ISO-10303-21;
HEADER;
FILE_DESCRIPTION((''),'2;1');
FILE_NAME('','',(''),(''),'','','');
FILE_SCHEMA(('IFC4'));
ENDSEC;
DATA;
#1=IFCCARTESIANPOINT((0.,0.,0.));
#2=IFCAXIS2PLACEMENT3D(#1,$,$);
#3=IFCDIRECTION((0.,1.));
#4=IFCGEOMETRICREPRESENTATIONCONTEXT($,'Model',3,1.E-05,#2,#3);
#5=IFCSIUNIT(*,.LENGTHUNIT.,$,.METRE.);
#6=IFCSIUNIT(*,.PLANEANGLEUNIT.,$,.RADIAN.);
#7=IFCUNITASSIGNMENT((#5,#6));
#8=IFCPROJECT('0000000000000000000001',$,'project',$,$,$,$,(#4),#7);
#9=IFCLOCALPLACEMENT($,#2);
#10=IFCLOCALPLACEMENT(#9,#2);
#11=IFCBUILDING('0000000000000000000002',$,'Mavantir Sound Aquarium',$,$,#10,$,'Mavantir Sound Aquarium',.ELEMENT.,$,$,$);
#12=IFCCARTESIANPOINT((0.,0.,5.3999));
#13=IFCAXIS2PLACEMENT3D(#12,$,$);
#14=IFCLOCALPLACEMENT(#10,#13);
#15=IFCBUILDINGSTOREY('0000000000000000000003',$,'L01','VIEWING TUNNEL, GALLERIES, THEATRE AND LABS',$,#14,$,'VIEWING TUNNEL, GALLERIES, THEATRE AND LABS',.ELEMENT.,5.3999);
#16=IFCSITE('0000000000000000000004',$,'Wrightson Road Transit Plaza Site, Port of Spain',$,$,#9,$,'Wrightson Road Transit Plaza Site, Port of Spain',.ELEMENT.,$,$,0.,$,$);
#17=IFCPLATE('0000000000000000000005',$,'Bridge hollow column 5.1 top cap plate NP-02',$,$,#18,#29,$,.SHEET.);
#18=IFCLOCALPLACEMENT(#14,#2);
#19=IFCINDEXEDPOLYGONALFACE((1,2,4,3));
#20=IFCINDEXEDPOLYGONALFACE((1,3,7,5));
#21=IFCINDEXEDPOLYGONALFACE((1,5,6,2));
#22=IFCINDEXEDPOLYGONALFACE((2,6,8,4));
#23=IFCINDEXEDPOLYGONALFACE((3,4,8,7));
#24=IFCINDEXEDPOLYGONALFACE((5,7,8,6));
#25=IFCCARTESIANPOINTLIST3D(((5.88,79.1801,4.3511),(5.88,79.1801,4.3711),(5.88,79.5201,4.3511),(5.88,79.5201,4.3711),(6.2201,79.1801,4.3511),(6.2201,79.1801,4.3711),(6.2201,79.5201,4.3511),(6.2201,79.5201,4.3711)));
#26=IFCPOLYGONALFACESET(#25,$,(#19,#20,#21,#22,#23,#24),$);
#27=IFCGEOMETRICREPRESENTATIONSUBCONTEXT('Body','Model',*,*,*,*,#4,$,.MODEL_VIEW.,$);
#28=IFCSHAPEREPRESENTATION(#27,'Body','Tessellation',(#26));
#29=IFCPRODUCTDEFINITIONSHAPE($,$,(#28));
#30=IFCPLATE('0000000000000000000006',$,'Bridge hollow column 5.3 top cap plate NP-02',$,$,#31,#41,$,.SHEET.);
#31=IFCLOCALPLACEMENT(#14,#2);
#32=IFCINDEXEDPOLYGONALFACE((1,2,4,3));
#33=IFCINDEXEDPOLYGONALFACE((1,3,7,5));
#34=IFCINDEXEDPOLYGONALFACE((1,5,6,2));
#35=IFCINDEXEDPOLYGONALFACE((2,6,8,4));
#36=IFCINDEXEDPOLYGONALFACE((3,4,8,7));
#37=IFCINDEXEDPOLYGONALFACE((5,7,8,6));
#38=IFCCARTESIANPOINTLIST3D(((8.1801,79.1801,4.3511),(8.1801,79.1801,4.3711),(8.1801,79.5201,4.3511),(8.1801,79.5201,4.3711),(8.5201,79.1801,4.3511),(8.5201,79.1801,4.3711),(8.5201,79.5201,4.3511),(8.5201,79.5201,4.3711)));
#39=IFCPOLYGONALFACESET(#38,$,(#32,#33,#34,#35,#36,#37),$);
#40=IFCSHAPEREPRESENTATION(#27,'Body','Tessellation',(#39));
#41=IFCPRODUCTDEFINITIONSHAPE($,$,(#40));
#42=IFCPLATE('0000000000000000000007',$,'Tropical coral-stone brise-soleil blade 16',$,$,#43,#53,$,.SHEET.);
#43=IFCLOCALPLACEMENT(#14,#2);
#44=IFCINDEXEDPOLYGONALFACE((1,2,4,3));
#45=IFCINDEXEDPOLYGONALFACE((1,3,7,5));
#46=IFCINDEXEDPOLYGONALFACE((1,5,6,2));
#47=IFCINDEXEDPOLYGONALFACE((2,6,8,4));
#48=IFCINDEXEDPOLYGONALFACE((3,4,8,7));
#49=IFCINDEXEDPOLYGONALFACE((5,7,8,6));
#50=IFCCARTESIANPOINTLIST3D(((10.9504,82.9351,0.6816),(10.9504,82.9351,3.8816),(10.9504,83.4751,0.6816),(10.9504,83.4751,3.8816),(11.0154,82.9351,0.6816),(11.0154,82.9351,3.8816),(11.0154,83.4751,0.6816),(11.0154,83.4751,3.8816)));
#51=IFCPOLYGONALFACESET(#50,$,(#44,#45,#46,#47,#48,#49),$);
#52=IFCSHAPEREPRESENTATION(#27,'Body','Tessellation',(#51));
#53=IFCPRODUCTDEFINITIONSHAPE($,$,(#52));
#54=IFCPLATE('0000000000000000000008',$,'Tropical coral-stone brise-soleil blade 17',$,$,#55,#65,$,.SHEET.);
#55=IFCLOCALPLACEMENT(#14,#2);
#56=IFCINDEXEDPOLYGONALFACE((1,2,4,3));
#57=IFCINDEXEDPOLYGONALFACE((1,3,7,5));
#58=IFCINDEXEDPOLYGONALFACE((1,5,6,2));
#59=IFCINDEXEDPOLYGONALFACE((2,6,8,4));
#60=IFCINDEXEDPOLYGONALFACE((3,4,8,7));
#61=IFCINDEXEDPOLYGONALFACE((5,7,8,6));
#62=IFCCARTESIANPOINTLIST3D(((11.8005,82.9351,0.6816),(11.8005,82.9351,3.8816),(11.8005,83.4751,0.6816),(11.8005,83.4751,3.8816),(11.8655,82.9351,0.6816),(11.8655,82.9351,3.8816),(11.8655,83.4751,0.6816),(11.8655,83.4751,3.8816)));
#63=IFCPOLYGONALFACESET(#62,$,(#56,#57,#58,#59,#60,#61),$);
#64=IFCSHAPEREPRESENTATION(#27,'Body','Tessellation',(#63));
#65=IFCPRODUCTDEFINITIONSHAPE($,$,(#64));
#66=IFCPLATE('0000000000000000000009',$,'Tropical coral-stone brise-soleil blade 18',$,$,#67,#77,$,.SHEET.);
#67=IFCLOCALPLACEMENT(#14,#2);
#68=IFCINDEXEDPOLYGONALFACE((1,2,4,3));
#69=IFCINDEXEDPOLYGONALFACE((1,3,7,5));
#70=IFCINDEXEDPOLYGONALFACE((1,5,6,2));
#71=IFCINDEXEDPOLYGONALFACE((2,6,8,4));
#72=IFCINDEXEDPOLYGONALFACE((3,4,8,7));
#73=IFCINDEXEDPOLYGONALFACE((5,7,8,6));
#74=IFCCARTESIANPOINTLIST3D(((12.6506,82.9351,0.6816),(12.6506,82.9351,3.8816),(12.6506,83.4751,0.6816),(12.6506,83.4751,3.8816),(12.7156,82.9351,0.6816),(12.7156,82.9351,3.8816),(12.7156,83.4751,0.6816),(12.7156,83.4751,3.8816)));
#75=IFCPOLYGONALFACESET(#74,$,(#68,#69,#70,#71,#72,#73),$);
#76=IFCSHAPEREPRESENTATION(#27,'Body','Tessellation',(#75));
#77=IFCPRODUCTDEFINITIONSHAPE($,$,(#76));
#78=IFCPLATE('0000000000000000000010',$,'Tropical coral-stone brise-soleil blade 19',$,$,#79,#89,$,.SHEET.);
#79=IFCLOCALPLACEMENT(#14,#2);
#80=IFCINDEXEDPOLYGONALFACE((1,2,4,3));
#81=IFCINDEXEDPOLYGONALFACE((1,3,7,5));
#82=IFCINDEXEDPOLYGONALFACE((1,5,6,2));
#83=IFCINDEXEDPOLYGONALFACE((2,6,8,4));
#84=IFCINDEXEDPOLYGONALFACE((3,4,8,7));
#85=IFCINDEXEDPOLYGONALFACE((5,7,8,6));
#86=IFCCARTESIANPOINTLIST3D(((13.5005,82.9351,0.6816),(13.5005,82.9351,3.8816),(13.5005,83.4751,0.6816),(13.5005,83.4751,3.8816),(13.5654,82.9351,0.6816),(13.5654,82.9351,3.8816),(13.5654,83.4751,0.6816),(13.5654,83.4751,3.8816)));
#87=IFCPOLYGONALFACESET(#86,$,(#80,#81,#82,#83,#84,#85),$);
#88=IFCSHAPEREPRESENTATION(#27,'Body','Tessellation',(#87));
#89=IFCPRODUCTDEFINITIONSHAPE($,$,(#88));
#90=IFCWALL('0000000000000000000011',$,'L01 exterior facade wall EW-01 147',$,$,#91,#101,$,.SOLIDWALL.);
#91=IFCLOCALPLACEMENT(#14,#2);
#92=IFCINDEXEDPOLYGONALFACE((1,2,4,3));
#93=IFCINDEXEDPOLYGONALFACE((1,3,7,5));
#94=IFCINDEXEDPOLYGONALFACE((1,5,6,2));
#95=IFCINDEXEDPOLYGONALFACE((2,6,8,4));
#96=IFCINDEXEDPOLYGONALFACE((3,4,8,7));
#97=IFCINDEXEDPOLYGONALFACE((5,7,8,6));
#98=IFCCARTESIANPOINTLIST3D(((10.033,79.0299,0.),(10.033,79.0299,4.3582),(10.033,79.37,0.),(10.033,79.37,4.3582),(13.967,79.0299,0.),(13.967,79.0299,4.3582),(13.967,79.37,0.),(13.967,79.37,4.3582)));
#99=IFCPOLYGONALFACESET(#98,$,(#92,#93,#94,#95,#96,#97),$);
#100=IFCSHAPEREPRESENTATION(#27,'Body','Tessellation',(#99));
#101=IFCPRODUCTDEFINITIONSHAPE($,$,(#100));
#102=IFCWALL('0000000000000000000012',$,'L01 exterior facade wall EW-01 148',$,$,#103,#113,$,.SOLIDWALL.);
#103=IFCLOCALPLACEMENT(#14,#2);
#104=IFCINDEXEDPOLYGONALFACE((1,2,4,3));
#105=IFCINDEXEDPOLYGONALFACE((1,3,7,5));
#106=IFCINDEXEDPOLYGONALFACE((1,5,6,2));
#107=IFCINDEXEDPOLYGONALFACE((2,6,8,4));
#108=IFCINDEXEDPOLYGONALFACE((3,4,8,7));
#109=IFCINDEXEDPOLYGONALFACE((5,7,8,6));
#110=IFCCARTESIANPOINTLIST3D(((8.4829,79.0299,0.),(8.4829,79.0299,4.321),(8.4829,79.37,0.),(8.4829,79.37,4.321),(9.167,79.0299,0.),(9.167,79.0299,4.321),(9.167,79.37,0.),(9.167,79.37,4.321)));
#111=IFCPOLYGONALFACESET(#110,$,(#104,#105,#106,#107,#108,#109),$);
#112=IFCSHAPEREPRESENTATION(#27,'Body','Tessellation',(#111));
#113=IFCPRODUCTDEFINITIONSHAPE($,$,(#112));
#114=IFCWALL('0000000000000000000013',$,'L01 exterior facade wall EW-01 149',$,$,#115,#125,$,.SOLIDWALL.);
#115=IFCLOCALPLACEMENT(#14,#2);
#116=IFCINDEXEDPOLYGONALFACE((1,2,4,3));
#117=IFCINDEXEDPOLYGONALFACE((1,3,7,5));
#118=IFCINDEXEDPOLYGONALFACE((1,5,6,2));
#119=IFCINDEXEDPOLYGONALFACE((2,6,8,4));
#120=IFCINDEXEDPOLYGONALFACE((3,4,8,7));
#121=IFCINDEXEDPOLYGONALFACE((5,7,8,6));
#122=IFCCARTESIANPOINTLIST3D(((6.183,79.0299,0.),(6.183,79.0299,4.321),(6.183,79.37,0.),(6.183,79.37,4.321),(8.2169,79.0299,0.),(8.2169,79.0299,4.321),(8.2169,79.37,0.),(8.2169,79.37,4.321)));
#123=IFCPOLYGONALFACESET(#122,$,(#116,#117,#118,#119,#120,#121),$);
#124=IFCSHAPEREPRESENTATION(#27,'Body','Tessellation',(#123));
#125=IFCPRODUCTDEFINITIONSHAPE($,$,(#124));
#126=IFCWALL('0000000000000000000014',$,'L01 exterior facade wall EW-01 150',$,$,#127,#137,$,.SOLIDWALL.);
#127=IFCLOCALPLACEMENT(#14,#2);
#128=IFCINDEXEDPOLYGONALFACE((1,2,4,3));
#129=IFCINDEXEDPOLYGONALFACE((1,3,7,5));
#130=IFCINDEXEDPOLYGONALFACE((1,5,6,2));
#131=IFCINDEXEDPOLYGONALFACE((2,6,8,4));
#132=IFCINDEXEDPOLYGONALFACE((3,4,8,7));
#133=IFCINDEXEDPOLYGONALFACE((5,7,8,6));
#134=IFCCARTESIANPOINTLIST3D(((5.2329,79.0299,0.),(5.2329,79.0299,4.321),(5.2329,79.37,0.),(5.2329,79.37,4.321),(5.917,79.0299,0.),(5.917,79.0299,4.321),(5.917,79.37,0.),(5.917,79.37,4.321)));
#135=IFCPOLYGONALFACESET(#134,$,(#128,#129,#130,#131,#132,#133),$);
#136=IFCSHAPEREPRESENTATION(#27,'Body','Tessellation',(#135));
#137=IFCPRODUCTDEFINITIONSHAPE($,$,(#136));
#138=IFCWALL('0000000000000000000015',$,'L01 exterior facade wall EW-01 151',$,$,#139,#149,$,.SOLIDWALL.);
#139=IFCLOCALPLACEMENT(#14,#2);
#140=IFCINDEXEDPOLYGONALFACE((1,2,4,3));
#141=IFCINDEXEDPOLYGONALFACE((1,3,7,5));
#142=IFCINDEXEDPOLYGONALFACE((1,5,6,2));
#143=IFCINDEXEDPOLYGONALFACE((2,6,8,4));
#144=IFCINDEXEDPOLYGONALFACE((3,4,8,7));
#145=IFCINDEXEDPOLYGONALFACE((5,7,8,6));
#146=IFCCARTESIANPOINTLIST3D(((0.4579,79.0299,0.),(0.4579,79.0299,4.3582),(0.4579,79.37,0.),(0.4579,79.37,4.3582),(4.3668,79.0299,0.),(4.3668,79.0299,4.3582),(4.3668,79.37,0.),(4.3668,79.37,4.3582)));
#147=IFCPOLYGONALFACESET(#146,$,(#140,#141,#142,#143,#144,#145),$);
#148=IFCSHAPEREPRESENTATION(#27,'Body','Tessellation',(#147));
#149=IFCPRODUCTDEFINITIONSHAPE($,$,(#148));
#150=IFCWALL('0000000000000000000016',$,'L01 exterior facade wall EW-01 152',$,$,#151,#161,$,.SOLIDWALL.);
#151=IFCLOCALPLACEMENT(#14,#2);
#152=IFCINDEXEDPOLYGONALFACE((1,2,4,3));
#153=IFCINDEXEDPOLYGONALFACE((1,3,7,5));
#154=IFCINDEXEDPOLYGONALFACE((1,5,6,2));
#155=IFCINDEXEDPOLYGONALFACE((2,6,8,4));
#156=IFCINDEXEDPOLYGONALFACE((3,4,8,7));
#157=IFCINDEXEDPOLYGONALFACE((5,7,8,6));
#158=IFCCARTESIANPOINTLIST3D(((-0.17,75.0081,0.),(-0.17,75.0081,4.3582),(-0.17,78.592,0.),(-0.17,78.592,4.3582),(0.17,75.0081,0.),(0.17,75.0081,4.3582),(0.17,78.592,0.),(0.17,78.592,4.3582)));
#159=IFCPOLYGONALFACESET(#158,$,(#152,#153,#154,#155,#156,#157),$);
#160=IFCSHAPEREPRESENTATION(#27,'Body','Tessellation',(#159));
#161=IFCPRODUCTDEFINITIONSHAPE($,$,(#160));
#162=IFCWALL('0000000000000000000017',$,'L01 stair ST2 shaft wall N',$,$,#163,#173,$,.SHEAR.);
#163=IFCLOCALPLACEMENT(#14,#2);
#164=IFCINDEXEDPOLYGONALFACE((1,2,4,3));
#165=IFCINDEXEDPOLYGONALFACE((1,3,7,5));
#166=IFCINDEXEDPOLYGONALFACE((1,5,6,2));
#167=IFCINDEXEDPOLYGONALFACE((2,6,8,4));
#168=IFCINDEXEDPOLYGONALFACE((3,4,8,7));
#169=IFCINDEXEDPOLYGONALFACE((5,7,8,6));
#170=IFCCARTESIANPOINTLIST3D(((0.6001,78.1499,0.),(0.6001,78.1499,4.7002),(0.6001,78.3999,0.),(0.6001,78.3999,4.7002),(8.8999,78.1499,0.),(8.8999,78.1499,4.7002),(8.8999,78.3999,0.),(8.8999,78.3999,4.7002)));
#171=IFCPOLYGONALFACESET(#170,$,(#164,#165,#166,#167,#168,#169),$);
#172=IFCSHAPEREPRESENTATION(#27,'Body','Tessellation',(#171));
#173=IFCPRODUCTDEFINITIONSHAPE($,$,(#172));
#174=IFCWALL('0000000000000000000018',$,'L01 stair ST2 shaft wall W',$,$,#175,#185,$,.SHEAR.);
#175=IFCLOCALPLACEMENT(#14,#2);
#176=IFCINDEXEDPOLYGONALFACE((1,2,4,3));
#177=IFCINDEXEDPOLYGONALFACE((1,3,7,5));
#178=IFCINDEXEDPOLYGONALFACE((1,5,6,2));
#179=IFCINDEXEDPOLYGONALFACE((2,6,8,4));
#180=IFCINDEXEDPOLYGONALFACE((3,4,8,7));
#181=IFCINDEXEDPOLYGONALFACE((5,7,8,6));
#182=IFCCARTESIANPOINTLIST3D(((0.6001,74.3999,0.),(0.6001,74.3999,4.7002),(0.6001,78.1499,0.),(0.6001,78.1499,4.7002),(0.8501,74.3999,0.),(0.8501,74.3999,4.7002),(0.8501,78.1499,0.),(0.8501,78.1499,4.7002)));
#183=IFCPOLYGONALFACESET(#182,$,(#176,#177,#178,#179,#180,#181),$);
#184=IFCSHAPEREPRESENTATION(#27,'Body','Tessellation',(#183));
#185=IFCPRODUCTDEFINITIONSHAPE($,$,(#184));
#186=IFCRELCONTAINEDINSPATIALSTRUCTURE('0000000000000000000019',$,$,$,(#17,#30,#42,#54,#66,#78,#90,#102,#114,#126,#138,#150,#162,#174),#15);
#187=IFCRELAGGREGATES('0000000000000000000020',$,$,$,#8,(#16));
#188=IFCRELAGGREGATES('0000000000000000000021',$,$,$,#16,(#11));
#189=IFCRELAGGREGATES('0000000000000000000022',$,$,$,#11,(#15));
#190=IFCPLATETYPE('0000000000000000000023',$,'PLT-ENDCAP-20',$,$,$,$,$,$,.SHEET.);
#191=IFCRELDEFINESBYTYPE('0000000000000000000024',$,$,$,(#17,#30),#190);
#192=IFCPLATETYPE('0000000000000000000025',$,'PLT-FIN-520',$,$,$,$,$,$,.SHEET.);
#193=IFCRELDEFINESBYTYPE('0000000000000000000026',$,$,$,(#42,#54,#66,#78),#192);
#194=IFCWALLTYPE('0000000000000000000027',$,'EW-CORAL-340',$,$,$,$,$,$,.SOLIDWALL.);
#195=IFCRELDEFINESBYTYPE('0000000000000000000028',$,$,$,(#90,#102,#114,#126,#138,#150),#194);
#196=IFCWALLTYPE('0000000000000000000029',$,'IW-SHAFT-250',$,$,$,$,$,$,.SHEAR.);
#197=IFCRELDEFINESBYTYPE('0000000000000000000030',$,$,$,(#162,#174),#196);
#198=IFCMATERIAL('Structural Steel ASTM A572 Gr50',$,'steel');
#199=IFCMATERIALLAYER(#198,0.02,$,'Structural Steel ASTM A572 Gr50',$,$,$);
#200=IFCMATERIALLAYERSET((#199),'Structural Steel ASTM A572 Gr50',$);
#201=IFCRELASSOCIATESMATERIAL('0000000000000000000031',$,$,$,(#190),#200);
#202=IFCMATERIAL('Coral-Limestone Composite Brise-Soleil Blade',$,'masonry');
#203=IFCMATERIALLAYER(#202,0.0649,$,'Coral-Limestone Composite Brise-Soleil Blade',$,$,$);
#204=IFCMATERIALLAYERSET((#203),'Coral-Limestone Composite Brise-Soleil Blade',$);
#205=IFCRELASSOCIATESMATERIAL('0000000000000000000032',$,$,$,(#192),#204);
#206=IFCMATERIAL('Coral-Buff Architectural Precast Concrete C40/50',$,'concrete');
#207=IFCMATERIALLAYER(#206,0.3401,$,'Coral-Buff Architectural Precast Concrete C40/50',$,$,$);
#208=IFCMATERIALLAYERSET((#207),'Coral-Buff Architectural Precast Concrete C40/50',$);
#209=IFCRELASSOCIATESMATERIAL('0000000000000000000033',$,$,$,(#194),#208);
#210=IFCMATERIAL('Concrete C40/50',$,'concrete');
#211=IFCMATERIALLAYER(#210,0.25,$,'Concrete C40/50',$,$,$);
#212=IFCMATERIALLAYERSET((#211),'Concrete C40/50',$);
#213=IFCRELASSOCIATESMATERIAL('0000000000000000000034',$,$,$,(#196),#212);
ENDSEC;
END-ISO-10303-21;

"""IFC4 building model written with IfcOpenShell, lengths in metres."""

from ifc_helpers import new_model, si_unit, direction, frame, frame_2d, origin, origin_2d, place, context, subcontext, project, spatial, rectangle, extrude, material, layer, layer_set, type_object, element, save


model = new_model("IFC4")

# Units and contexts
model_context = context("Model", 3, precision=1e-05, world=origin(), true_north=direction((0.0, 1.0)))
body_context = subcontext(model_context, "Body", "Model", "MODEL_VIEW")
ifc_project = project(units=[si_unit("LENGTHUNIT", "METRE"), si_unit("PLANEANGLEUNIT", "RADIAN")], contexts=[model_context])

# Site, building, storey
site_placement = place(None, origin())
site = spatial("IfcSite", under=ifc_project, at=site_placement, Name="Wrightson Road Transit Plaza Site, Port of Spain", LongName="Wrightson Road Transit Plaza Site, Port of Spain", CompositionType="ELEMENT", RefElevation=0.0)
building_placement = place(site_placement, origin())
building = spatial("IfcBuilding", under=site, at=building_placement, Name="Mavantir Sound Aquarium", LongName="Mavantir Sound Aquarium", CompositionType="ELEMENT")
storey_placement = place(building_placement, frame((0.0, 0.0, 5.3999)))
storey = spatial("IfcBuildingStorey", under=building, at=storey_placement, Name="L01", Description="VIEWING TUNNEL, GALLERIES, THEATRE AND LABS", LongName="VIEWING TUNNEL, GALLERIES, THEATRE AND LABS", CompositionType="ELEMENT", Elevation=5.3999)

# Shared definitions
ifc_material_1 = material(Name="Concrete C40/50", Category="concrete")

# Plates
ifc_material_2 = material(Name="Structural Steel ASTM A572 Gr50", Category="steel")
ifc_layer_1 = layer(ifc_material_2, 0.02, Name="Structural Steel ASTM A572 Gr50")
ifc_layer_set_1 = layer_set([ifc_layer_1], Name="Structural Steel ASTM A572 Gr50")
plate_type_1 = type_object("IfcPlateType", Name="PLT-ENDCAP-20", PredefinedType="SHEET", material=ifc_layer_set_1)
for number, where, z_axis, x_axis, name in (
    (1, (6.05, 79.3501, 4.3511), (0.0, 0.0, 1.0), (1.0, 0.0, 0.0), "Bridge hollow column 5.1 top cap plate NP-02"),
    (2, (8.3501, 79.3501, 4.3511), (0.0, 0.0, 1.0), (1.0, 0.0, 0.0), "Bridge hollow column 5.3 top cap plate NP-02"),
):
    element("IfcPlate", number, at=place(storey_placement, frame(where, z_axis=z_axis, x_axis=x_axis)), inside=storey, type_object=plate_type_1, Name=name, PredefinedType="SHEET", context=body_context, shape_type="SweptSolid", body=[
        extrude(rectangle(XDim=0.3401, YDim=0.3401, at=origin_2d()), origin(), (0.0, 0.0, 1.0), 0.02),
    ])
ifc_material_3 = material(Name="Coral-Limestone Composite Brise-Soleil Blade", Category="masonry")
ifc_layer_2 = layer(ifc_material_3, 0.0649, Name="Coral-Limestone Composite Brise-Soleil Blade")
ifc_layer_set_2 = layer_set([ifc_layer_2], Name="Coral-Limestone Composite Brise-Soleil Blade")
plate_type_2 = type_object("IfcPlateType", Name="PLT-FIN-520", PredefinedType="SHEET", material=ifc_layer_set_2)
for number, where, z_axis, x_axis, name in (
    (3, (10.9829, 83.2051, 0.6816), (0.0, 0.0, 1.0), (-1.0, 0.0, 0.0), "Tropical coral-stone brise-soleil blade 16"),
    (4, (11.833, 83.2051, 0.6816), (0.0, 0.0, 1.0), (-1.0, 0.0, 0.0), "Tropical coral-stone brise-soleil blade 17"),
    (5, (12.6831, 83.2051, 0.6816), (0.0, 0.0, 1.0), (-1.0, 0.0, 0.0), "Tropical coral-stone brise-soleil blade 18"),
    (6, (13.533, 83.2051, 0.6816), (0.0, 0.0, 1.0), (-1.0, 0.0, 0.0), "Tropical coral-stone brise-soleil blade 19"),
):
    element("IfcPlate", number, at=place(storey_placement, frame(where, z_axis=z_axis, x_axis=x_axis)), inside=storey, type_object=plate_type_2, Name=name, PredefinedType="SHEET", context=body_context, shape_type="SweptSolid", body=[
        extrude(rectangle(XDim=0.0649, YDim=0.54, at=origin_2d()), origin(), (0.0, 0.0, 1.0), 3.2),
    ])

# Walls
ifc_material_4 = material(Name="Coral-Buff Architectural Precast Concrete C40/50", Category="concrete")
ifc_layer_3 = layer(ifc_material_4, 0.3401, Name="Coral-Buff Architectural Precast Concrete C40/50")
ifc_layer_set_3 = layer_set([ifc_layer_3], Name="Coral-Buff Architectural Precast Concrete C40/50")
wall_type_1 = type_object("IfcWallType", Name="EW-CORAL-340", PredefinedType="SOLIDWALL", material=ifc_layer_set_3)
wall_1_placement = place(storey_placement, frame((13.967, 79.2, 0.0), z_axis=(0.0, 0.0, 1.0), x_axis=(-1.0, 0.0, 0.0)))
element("IfcWall", 7, at=wall_1_placement, inside=storey, type_object=wall_type_1, Name="L01 exterior facade wall EW-01 147", PredefinedType="SOLIDWALL", context=body_context, shape_type="SweptSolid", body=[
    extrude(rectangle(XDim=3.9341, YDim=0.3401, at=frame_2d((1.967, 0.0))), origin(), (0.0, 0.0, 1.0), 4.3582),
])
wall_2_placement = place(storey_placement, frame((9.167, 79.2, 0.0), z_axis=(0.0, 0.0, 1.0), x_axis=(-1.0, 0.0, 0.0)))
element("IfcWall", 8, at=wall_2_placement, inside=storey, type_object=wall_type_1, Name="L01 exterior facade wall EW-01 148", PredefinedType="SOLIDWALL", context=body_context, shape_type="SweptSolid", body=[
    extrude(rectangle(XDim=0.6841, YDim=0.3401, at=frame_2d((0.342, 0.0))), origin(), (0.0, 0.0, 1.0), 4.321),
])
wall_3_placement = place(storey_placement, frame((8.217, 79.2, 0.0), z_axis=(0.0, 0.0, 1.0), x_axis=(-1.0, 0.0, 0.0)))
element("IfcWall", 9, at=wall_3_placement, inside=storey, type_object=wall_type_1, Name="L01 exterior facade wall EW-01 149", PredefinedType="SOLIDWALL", context=body_context, shape_type="SweptSolid", body=[
    extrude(rectangle(XDim=2.0339, YDim=0.3401, at=frame_2d((1.0171, 0.0))), origin(), (0.0, 0.0, 1.0), 4.321),
])
wall_4_placement = place(storey_placement, frame((5.917, 79.2, 0.0), z_axis=(0.0, 0.0, 1.0), x_axis=(-1.0, 0.0, 0.0)))
element("IfcWall", 10, at=wall_4_placement, inside=storey, type_object=wall_type_1, Name="L01 exterior facade wall EW-01 150", PredefinedType="SOLIDWALL", context=body_context, shape_type="SweptSolid", body=[
    extrude(rectangle(XDim=0.6841, YDim=0.3401, at=frame_2d((0.342, 0.0))), origin(), (0.0, 0.0, 1.0), 4.321),
])
wall_5_placement = place(storey_placement, frame((4.3669, 79.2, 0.0), z_axis=(0.0, 0.0, 1.0), x_axis=(-1.0, 0.0, 0.0)))
element("IfcWall", 11, at=wall_5_placement, inside=storey, type_object=wall_type_1, Name="L01 exterior facade wall EW-01 151", PredefinedType="SOLIDWALL", context=body_context, shape_type="SweptSolid", body=[
    extrude(rectangle(XDim=3.9089, YDim=0.3401, at=frame_2d((1.9546, 0.0))), origin(), (0.0, 0.0, 1.0), 4.3582),
])
wall_6_placement = place(storey_placement, frame((0.0, 78.592, 0.0), z_axis=(0.0, 0.0, 1.0), x_axis=(0.0, -1.0, 0.0)))
element("IfcWall", 12, at=wall_6_placement, inside=storey, type_object=wall_type_1, Name="L01 exterior facade wall EW-01 152", PredefinedType="SOLIDWALL", context=body_context, shape_type="SweptSolid", body=[
    extrude(rectangle(XDim=3.584, YDim=0.3401, at=frame_2d((1.792, 0.0))), origin(), (0.0, 0.0, 1.0), 4.3582),
])
ifc_layer_4 = layer(ifc_material_1, 0.25, Name="Concrete C40/50")
ifc_layer_set_4 = layer_set([ifc_layer_4], Name="Concrete C40/50")
wall_type_2 = type_object("IfcWallType", Name="IW-SHAFT-250", PredefinedType="SHEAR", material=ifc_layer_set_4)
wall_7_placement = place(storey_placement, frame((8.8999, 78.2749, 0.0), z_axis=(0.0, 0.0, 1.0), x_axis=(-1.0, 0.0, 0.0)))
element("IfcWall", 13, at=wall_7_placement, inside=storey, type_object=wall_type_2, Name="L01 stair ST2 shaft wall N", PredefinedType="SHEAR", context=body_context, shape_type="SweptSolid", body=[
    extrude(rectangle(XDim=8.2998, YDim=0.25, at=frame_2d((4.1499, 0.0))), origin(), (0.0, 0.0, 1.0), 4.7002),
])
wall_8_placement = place(storey_placement, frame((0.7251, 78.1499, 0.0), z_axis=(0.0, 0.0, 1.0), x_axis=(0.0, -1.0, 0.0)))
element("IfcWall", 14, at=wall_8_placement, inside=storey, type_object=wall_type_2, Name="L01 stair ST2 shaft wall W", PredefinedType="SHEAR", context=body_context, shape_type="SweptSolid", body=[
    extrude(rectangle(XDim=3.75, YDim=0.25, at=frame_2d((1.875, 0.0))), origin(), (0.0, 0.0, 1.0), 4.7002),
])

save(model, "model.ifc")
